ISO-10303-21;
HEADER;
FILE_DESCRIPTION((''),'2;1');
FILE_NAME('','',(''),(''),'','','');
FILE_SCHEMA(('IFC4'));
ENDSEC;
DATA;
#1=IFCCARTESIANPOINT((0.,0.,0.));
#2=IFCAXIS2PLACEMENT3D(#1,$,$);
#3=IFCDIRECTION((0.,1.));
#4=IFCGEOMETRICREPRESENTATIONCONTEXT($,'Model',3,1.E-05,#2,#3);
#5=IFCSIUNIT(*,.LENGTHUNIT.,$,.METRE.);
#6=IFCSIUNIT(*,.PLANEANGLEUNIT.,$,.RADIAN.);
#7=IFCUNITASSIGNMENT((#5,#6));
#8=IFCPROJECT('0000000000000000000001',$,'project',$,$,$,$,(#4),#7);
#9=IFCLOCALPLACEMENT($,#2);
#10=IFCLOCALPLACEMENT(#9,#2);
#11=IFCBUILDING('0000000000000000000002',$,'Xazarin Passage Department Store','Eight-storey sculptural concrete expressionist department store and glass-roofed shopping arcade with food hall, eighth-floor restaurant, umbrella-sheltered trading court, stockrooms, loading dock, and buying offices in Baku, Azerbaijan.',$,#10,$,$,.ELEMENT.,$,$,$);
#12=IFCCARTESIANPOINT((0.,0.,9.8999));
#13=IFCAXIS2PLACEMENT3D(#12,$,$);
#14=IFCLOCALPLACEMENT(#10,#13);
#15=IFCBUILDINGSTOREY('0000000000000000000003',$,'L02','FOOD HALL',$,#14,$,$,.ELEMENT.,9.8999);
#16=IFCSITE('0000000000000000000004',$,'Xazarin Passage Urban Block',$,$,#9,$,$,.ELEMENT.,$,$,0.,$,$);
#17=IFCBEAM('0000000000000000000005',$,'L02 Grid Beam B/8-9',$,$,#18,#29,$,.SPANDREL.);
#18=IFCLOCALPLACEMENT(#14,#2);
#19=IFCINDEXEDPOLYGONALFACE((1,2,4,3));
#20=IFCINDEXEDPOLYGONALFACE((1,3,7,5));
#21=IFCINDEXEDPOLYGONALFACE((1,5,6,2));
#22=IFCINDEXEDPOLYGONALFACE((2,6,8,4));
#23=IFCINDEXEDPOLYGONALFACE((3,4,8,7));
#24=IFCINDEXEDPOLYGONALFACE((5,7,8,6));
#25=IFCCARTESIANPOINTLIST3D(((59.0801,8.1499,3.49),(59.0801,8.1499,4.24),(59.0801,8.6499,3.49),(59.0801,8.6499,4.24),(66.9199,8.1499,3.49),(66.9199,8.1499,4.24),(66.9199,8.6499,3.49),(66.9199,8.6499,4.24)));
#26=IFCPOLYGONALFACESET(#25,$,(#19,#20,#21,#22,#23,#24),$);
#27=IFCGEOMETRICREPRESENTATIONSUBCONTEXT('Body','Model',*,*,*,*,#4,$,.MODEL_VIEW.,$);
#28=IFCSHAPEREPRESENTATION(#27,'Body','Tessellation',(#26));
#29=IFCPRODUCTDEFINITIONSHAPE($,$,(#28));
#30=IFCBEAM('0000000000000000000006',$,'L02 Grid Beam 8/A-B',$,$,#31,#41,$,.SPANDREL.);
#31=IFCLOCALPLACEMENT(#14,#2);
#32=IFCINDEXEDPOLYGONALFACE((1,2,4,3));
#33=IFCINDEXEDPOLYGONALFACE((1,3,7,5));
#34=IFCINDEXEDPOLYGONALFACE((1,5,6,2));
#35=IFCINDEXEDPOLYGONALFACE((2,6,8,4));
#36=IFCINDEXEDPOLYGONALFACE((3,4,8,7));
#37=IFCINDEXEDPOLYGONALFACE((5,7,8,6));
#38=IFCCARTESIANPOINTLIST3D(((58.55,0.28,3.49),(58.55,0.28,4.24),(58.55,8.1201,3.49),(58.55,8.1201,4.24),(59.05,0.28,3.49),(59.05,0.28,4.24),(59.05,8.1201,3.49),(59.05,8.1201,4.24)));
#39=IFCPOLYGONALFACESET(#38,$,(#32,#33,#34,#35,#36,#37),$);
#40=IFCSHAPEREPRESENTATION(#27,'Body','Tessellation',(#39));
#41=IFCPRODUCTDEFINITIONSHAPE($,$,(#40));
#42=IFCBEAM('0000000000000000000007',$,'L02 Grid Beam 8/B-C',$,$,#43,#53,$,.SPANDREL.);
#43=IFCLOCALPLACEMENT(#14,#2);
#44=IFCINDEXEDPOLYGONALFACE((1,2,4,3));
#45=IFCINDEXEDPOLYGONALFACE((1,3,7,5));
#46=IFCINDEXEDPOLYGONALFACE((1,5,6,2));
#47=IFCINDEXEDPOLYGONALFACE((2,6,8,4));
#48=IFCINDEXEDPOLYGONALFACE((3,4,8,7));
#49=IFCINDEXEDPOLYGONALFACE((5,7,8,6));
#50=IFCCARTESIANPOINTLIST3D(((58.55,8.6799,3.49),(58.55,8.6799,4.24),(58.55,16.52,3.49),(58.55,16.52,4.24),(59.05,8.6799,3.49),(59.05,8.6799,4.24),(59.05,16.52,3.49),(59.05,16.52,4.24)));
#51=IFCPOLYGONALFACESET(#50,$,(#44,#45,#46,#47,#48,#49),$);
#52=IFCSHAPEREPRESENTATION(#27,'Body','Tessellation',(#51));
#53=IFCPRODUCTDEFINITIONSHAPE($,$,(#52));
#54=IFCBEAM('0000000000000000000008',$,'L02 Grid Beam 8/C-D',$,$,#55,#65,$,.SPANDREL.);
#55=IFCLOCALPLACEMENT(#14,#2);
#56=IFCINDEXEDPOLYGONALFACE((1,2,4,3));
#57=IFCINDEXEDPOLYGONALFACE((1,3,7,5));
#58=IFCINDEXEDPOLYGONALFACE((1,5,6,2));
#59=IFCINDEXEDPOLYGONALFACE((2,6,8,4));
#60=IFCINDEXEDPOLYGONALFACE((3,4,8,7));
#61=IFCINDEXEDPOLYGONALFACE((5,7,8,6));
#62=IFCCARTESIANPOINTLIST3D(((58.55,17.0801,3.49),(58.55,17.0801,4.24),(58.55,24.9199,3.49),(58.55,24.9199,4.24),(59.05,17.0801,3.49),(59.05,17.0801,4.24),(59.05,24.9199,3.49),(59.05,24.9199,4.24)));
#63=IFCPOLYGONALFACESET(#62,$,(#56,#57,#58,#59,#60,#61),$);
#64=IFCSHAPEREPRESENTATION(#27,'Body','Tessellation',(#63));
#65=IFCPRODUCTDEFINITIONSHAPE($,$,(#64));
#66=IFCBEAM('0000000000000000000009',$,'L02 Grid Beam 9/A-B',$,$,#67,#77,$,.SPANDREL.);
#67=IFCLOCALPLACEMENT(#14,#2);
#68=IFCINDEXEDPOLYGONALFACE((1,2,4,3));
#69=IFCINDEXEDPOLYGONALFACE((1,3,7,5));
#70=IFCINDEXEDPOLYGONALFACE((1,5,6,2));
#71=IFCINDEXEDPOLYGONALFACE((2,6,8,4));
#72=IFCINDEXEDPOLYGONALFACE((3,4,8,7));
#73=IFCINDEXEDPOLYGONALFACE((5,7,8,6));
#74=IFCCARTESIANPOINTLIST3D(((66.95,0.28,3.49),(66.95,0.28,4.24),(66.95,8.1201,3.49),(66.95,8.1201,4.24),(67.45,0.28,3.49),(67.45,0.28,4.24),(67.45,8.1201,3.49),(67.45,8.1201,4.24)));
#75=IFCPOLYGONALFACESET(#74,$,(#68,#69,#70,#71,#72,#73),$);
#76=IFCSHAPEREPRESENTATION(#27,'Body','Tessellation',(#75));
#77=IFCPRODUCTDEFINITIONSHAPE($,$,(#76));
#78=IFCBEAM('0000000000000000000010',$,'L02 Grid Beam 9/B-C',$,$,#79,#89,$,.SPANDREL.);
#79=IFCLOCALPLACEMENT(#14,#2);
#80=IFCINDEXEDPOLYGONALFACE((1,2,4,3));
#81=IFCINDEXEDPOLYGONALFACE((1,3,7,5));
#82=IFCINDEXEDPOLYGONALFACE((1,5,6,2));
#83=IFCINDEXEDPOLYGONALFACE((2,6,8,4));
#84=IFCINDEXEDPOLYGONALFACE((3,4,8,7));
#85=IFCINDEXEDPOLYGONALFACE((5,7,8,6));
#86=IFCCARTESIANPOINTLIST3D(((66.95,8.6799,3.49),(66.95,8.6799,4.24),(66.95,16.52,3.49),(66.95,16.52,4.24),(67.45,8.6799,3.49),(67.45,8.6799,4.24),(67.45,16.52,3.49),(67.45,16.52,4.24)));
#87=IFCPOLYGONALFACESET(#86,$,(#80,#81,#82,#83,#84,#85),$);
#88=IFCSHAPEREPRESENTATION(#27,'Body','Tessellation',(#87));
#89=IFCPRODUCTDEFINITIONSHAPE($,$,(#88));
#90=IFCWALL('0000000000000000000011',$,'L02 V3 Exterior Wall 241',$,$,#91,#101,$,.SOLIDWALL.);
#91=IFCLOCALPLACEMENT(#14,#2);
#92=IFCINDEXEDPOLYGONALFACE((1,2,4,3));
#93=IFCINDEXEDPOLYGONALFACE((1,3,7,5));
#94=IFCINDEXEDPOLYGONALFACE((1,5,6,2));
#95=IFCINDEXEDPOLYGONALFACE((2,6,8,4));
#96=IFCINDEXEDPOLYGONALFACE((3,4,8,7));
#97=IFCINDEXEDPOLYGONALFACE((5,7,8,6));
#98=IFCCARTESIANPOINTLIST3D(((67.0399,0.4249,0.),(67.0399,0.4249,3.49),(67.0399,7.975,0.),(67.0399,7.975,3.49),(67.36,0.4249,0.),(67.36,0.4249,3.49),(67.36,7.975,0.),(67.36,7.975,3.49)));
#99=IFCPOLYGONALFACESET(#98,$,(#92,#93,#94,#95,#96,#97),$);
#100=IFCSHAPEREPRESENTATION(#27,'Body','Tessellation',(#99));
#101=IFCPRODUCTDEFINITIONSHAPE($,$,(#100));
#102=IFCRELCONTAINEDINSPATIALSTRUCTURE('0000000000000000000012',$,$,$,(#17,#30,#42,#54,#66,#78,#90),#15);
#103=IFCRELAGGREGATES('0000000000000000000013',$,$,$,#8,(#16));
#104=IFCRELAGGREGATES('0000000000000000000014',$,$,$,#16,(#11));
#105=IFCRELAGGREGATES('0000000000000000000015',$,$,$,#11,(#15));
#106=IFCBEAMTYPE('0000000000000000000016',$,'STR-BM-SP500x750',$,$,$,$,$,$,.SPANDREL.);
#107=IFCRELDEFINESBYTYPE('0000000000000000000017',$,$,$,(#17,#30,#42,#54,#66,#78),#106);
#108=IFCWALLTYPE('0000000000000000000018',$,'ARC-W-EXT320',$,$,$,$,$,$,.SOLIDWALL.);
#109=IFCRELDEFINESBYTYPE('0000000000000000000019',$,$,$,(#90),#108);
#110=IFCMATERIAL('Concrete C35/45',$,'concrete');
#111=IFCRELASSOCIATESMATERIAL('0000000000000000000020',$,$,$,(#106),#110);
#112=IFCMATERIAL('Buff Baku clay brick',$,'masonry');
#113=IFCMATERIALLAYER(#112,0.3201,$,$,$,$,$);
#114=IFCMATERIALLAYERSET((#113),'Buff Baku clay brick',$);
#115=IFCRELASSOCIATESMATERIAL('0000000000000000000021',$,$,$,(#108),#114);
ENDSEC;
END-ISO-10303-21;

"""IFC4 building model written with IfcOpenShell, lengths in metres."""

from ifc_helpers import new_model, si_unit, direction, frame, frame_2d, origin, origin_2d, place, context, subcontext, project, spatial, rectangle, extrude, material, layer, layer_set, material_profile, profile_set, type_object, element, save


model = new_model("IFC4")

# Units and contexts
model_context = context("Model", 3, precision=1e-05, world=origin(), true_north=direction((0.0, 1.0)))
body_context = subcontext(model_context, "Body", "Model", "MODEL_VIEW")
ifc_project = project(units=[si_unit("LENGTHUNIT", "METRE"), si_unit("PLANEANGLEUNIT", "RADIAN")], contexts=[model_context])

# Site, building, storey
site_placement = place(None, origin())
site = spatial("IfcSite", under=ifc_project, at=site_placement, Name="Xazarin Passage Urban Block", CompositionType="ELEMENT", RefElevation=0.0)
building_placement = place(site_placement, origin())
building = spatial("IfcBuilding", under=site, at=building_placement, Name="Xazarin Passage Department Store", Description="Eight-storey sculptural concrete expressionist department store and glass-roofed shopping arcade with food hall, eighth-floor restaurant, umbrella-sheltered trading court, stockrooms, loading dock, and buying offices in Baku, Azerbaijan.", CompositionType="ELEMENT")
storey_placement = place(building_placement, frame((0.0, 0.0, 9.8999)))
storey = spatial("IfcBuildingStorey", under=building, at=storey_placement, Name="L02", Description="FOOD HALL", CompositionType="ELEMENT", Elevation=9.8999)

# Beams
ifc_material_1 = material(Name="Concrete C35/45", Category="concrete")
ifc_material_profile_1 = material_profile(ifc_material_1, rectangle(XDim=0.5, YDim=0.75, at=origin_2d()), Name="RC 500x750")
ifc_profile_set_1 = profile_set([ifc_material_profile_1], Name="Concrete C35/45")
beam_type_1 = type_object("IfcBeamType", Name="STR-BM-SP500x750", PredefinedType="SPANDREL", material=ifc_profile_set_1)
beam_1_placement = place(storey_placement, frame((59.0801, 8.3999, 3.865), z_axis=(1.0, 0.0, 0.0), x_axis=(0.0, 1.0, 0.0)))
element("IfcBeam", 1, at=beam_1_placement, inside=storey, type_object=beam_type_1, Name="L02 Grid Beam B/8-9", PredefinedType="SPANDREL", context=body_context, shape_type="SweptSolid", body=[
    extrude(rectangle(XDim=0.5, YDim=0.75, at=origin_2d()), origin(), (0.0, 0.0, 1.0), 7.8398),
])
for number, where, z_axis, x_axis, name in (
    (2, (58.8, 0.28, 3.865), (0.0, 1.0, 0.0), (-1.0, 0.0, 0.0), "L02 Grid Beam 8/A-B"),
    (3, (58.8, 8.6799, 3.865), (0.0, 1.0, 0.0), (-1.0, 0.0, 0.0), "L02 Grid Beam 8/B-C"),
):
    element("IfcBeam", number, at=place(storey_placement, frame(where, z_axis=z_axis, x_axis=x_axis)), inside=storey, type_object=beam_type_1, Name=name, PredefinedType="SPANDREL", context=body_context, shape_type="SweptSolid", body=[
        extrude(rectangle(XDim=0.5, YDim=0.75, at=origin_2d()), origin(), (0.0, 0.0, 1.0), 7.8401),
    ])
beam_2_placement = place(storey_placement, frame((58.8, 17.0801, 3.865), z_axis=(0.0, 1.0, 0.0), x_axis=(-1.0, 0.0, 0.0)))
element("IfcBeam", 4, at=beam_2_placement, inside=storey, type_object=beam_type_1, Name="L02 Grid Beam 8/C-D", PredefinedType="SPANDREL", context=body_context, shape_type="SweptSolid", body=[
    extrude(rectangle(XDim=0.5, YDim=0.75, at=origin_2d()), origin(), (0.0, 0.0, 1.0), 7.8398),
])
for number, where, z_axis, x_axis, name in (
    (5, (67.2, 0.28, 3.865), (0.0, 1.0, 0.0), (-1.0, 0.0, 0.0), "L02 Grid Beam 9/A-B"),
    (6, (67.2, 8.6799, 3.865), (0.0, 1.0, 0.0), (-1.0, 0.0, 0.0), "L02 Grid Beam 9/B-C"),
):
    element("IfcBeam", number, at=place(storey_placement, frame(where, z_axis=z_axis, x_axis=x_axis)), inside=storey, type_object=beam_type_1, Name=name, PredefinedType="SPANDREL", context=body_context, shape_type="SweptSolid", body=[
        extrude(rectangle(XDim=0.5, YDim=0.75, at=origin_2d()), origin(), (0.0, 0.0, 1.0), 7.8401),
    ])

# Wall
ifc_material_2 = material(Name="Buff Baku clay brick", Category="masonry")
ifc_layer = layer(ifc_material_2, 0.3201)
ifc_layer_set = layer_set([ifc_layer], Name="Buff Baku clay brick")
wall_type = type_object("IfcWallType", Name="ARC-W-EXT320", PredefinedType="SOLIDWALL", material=ifc_layer_set)
wall_placement = place(storey_placement, frame((67.2, 0.425, 0.0), z_axis=(0.0, 0.0, 1.0), x_axis=(0.0, 1.0, 0.0)))
element("IfcWall", 7, at=wall_placement, inside=storey, type_object=wall_type, Name="L02 V3 Exterior Wall 241", PredefinedType="SOLIDWALL", context=body_context, shape_type="SweptSolid", body=[
    extrude(rectangle(XDim=7.55, YDim=0.3201, at=frame_2d((3.7749, 0.0))), origin(), (0.0, 0.0, 1.0), 3.49),
])

save(model, "model.ifc")
